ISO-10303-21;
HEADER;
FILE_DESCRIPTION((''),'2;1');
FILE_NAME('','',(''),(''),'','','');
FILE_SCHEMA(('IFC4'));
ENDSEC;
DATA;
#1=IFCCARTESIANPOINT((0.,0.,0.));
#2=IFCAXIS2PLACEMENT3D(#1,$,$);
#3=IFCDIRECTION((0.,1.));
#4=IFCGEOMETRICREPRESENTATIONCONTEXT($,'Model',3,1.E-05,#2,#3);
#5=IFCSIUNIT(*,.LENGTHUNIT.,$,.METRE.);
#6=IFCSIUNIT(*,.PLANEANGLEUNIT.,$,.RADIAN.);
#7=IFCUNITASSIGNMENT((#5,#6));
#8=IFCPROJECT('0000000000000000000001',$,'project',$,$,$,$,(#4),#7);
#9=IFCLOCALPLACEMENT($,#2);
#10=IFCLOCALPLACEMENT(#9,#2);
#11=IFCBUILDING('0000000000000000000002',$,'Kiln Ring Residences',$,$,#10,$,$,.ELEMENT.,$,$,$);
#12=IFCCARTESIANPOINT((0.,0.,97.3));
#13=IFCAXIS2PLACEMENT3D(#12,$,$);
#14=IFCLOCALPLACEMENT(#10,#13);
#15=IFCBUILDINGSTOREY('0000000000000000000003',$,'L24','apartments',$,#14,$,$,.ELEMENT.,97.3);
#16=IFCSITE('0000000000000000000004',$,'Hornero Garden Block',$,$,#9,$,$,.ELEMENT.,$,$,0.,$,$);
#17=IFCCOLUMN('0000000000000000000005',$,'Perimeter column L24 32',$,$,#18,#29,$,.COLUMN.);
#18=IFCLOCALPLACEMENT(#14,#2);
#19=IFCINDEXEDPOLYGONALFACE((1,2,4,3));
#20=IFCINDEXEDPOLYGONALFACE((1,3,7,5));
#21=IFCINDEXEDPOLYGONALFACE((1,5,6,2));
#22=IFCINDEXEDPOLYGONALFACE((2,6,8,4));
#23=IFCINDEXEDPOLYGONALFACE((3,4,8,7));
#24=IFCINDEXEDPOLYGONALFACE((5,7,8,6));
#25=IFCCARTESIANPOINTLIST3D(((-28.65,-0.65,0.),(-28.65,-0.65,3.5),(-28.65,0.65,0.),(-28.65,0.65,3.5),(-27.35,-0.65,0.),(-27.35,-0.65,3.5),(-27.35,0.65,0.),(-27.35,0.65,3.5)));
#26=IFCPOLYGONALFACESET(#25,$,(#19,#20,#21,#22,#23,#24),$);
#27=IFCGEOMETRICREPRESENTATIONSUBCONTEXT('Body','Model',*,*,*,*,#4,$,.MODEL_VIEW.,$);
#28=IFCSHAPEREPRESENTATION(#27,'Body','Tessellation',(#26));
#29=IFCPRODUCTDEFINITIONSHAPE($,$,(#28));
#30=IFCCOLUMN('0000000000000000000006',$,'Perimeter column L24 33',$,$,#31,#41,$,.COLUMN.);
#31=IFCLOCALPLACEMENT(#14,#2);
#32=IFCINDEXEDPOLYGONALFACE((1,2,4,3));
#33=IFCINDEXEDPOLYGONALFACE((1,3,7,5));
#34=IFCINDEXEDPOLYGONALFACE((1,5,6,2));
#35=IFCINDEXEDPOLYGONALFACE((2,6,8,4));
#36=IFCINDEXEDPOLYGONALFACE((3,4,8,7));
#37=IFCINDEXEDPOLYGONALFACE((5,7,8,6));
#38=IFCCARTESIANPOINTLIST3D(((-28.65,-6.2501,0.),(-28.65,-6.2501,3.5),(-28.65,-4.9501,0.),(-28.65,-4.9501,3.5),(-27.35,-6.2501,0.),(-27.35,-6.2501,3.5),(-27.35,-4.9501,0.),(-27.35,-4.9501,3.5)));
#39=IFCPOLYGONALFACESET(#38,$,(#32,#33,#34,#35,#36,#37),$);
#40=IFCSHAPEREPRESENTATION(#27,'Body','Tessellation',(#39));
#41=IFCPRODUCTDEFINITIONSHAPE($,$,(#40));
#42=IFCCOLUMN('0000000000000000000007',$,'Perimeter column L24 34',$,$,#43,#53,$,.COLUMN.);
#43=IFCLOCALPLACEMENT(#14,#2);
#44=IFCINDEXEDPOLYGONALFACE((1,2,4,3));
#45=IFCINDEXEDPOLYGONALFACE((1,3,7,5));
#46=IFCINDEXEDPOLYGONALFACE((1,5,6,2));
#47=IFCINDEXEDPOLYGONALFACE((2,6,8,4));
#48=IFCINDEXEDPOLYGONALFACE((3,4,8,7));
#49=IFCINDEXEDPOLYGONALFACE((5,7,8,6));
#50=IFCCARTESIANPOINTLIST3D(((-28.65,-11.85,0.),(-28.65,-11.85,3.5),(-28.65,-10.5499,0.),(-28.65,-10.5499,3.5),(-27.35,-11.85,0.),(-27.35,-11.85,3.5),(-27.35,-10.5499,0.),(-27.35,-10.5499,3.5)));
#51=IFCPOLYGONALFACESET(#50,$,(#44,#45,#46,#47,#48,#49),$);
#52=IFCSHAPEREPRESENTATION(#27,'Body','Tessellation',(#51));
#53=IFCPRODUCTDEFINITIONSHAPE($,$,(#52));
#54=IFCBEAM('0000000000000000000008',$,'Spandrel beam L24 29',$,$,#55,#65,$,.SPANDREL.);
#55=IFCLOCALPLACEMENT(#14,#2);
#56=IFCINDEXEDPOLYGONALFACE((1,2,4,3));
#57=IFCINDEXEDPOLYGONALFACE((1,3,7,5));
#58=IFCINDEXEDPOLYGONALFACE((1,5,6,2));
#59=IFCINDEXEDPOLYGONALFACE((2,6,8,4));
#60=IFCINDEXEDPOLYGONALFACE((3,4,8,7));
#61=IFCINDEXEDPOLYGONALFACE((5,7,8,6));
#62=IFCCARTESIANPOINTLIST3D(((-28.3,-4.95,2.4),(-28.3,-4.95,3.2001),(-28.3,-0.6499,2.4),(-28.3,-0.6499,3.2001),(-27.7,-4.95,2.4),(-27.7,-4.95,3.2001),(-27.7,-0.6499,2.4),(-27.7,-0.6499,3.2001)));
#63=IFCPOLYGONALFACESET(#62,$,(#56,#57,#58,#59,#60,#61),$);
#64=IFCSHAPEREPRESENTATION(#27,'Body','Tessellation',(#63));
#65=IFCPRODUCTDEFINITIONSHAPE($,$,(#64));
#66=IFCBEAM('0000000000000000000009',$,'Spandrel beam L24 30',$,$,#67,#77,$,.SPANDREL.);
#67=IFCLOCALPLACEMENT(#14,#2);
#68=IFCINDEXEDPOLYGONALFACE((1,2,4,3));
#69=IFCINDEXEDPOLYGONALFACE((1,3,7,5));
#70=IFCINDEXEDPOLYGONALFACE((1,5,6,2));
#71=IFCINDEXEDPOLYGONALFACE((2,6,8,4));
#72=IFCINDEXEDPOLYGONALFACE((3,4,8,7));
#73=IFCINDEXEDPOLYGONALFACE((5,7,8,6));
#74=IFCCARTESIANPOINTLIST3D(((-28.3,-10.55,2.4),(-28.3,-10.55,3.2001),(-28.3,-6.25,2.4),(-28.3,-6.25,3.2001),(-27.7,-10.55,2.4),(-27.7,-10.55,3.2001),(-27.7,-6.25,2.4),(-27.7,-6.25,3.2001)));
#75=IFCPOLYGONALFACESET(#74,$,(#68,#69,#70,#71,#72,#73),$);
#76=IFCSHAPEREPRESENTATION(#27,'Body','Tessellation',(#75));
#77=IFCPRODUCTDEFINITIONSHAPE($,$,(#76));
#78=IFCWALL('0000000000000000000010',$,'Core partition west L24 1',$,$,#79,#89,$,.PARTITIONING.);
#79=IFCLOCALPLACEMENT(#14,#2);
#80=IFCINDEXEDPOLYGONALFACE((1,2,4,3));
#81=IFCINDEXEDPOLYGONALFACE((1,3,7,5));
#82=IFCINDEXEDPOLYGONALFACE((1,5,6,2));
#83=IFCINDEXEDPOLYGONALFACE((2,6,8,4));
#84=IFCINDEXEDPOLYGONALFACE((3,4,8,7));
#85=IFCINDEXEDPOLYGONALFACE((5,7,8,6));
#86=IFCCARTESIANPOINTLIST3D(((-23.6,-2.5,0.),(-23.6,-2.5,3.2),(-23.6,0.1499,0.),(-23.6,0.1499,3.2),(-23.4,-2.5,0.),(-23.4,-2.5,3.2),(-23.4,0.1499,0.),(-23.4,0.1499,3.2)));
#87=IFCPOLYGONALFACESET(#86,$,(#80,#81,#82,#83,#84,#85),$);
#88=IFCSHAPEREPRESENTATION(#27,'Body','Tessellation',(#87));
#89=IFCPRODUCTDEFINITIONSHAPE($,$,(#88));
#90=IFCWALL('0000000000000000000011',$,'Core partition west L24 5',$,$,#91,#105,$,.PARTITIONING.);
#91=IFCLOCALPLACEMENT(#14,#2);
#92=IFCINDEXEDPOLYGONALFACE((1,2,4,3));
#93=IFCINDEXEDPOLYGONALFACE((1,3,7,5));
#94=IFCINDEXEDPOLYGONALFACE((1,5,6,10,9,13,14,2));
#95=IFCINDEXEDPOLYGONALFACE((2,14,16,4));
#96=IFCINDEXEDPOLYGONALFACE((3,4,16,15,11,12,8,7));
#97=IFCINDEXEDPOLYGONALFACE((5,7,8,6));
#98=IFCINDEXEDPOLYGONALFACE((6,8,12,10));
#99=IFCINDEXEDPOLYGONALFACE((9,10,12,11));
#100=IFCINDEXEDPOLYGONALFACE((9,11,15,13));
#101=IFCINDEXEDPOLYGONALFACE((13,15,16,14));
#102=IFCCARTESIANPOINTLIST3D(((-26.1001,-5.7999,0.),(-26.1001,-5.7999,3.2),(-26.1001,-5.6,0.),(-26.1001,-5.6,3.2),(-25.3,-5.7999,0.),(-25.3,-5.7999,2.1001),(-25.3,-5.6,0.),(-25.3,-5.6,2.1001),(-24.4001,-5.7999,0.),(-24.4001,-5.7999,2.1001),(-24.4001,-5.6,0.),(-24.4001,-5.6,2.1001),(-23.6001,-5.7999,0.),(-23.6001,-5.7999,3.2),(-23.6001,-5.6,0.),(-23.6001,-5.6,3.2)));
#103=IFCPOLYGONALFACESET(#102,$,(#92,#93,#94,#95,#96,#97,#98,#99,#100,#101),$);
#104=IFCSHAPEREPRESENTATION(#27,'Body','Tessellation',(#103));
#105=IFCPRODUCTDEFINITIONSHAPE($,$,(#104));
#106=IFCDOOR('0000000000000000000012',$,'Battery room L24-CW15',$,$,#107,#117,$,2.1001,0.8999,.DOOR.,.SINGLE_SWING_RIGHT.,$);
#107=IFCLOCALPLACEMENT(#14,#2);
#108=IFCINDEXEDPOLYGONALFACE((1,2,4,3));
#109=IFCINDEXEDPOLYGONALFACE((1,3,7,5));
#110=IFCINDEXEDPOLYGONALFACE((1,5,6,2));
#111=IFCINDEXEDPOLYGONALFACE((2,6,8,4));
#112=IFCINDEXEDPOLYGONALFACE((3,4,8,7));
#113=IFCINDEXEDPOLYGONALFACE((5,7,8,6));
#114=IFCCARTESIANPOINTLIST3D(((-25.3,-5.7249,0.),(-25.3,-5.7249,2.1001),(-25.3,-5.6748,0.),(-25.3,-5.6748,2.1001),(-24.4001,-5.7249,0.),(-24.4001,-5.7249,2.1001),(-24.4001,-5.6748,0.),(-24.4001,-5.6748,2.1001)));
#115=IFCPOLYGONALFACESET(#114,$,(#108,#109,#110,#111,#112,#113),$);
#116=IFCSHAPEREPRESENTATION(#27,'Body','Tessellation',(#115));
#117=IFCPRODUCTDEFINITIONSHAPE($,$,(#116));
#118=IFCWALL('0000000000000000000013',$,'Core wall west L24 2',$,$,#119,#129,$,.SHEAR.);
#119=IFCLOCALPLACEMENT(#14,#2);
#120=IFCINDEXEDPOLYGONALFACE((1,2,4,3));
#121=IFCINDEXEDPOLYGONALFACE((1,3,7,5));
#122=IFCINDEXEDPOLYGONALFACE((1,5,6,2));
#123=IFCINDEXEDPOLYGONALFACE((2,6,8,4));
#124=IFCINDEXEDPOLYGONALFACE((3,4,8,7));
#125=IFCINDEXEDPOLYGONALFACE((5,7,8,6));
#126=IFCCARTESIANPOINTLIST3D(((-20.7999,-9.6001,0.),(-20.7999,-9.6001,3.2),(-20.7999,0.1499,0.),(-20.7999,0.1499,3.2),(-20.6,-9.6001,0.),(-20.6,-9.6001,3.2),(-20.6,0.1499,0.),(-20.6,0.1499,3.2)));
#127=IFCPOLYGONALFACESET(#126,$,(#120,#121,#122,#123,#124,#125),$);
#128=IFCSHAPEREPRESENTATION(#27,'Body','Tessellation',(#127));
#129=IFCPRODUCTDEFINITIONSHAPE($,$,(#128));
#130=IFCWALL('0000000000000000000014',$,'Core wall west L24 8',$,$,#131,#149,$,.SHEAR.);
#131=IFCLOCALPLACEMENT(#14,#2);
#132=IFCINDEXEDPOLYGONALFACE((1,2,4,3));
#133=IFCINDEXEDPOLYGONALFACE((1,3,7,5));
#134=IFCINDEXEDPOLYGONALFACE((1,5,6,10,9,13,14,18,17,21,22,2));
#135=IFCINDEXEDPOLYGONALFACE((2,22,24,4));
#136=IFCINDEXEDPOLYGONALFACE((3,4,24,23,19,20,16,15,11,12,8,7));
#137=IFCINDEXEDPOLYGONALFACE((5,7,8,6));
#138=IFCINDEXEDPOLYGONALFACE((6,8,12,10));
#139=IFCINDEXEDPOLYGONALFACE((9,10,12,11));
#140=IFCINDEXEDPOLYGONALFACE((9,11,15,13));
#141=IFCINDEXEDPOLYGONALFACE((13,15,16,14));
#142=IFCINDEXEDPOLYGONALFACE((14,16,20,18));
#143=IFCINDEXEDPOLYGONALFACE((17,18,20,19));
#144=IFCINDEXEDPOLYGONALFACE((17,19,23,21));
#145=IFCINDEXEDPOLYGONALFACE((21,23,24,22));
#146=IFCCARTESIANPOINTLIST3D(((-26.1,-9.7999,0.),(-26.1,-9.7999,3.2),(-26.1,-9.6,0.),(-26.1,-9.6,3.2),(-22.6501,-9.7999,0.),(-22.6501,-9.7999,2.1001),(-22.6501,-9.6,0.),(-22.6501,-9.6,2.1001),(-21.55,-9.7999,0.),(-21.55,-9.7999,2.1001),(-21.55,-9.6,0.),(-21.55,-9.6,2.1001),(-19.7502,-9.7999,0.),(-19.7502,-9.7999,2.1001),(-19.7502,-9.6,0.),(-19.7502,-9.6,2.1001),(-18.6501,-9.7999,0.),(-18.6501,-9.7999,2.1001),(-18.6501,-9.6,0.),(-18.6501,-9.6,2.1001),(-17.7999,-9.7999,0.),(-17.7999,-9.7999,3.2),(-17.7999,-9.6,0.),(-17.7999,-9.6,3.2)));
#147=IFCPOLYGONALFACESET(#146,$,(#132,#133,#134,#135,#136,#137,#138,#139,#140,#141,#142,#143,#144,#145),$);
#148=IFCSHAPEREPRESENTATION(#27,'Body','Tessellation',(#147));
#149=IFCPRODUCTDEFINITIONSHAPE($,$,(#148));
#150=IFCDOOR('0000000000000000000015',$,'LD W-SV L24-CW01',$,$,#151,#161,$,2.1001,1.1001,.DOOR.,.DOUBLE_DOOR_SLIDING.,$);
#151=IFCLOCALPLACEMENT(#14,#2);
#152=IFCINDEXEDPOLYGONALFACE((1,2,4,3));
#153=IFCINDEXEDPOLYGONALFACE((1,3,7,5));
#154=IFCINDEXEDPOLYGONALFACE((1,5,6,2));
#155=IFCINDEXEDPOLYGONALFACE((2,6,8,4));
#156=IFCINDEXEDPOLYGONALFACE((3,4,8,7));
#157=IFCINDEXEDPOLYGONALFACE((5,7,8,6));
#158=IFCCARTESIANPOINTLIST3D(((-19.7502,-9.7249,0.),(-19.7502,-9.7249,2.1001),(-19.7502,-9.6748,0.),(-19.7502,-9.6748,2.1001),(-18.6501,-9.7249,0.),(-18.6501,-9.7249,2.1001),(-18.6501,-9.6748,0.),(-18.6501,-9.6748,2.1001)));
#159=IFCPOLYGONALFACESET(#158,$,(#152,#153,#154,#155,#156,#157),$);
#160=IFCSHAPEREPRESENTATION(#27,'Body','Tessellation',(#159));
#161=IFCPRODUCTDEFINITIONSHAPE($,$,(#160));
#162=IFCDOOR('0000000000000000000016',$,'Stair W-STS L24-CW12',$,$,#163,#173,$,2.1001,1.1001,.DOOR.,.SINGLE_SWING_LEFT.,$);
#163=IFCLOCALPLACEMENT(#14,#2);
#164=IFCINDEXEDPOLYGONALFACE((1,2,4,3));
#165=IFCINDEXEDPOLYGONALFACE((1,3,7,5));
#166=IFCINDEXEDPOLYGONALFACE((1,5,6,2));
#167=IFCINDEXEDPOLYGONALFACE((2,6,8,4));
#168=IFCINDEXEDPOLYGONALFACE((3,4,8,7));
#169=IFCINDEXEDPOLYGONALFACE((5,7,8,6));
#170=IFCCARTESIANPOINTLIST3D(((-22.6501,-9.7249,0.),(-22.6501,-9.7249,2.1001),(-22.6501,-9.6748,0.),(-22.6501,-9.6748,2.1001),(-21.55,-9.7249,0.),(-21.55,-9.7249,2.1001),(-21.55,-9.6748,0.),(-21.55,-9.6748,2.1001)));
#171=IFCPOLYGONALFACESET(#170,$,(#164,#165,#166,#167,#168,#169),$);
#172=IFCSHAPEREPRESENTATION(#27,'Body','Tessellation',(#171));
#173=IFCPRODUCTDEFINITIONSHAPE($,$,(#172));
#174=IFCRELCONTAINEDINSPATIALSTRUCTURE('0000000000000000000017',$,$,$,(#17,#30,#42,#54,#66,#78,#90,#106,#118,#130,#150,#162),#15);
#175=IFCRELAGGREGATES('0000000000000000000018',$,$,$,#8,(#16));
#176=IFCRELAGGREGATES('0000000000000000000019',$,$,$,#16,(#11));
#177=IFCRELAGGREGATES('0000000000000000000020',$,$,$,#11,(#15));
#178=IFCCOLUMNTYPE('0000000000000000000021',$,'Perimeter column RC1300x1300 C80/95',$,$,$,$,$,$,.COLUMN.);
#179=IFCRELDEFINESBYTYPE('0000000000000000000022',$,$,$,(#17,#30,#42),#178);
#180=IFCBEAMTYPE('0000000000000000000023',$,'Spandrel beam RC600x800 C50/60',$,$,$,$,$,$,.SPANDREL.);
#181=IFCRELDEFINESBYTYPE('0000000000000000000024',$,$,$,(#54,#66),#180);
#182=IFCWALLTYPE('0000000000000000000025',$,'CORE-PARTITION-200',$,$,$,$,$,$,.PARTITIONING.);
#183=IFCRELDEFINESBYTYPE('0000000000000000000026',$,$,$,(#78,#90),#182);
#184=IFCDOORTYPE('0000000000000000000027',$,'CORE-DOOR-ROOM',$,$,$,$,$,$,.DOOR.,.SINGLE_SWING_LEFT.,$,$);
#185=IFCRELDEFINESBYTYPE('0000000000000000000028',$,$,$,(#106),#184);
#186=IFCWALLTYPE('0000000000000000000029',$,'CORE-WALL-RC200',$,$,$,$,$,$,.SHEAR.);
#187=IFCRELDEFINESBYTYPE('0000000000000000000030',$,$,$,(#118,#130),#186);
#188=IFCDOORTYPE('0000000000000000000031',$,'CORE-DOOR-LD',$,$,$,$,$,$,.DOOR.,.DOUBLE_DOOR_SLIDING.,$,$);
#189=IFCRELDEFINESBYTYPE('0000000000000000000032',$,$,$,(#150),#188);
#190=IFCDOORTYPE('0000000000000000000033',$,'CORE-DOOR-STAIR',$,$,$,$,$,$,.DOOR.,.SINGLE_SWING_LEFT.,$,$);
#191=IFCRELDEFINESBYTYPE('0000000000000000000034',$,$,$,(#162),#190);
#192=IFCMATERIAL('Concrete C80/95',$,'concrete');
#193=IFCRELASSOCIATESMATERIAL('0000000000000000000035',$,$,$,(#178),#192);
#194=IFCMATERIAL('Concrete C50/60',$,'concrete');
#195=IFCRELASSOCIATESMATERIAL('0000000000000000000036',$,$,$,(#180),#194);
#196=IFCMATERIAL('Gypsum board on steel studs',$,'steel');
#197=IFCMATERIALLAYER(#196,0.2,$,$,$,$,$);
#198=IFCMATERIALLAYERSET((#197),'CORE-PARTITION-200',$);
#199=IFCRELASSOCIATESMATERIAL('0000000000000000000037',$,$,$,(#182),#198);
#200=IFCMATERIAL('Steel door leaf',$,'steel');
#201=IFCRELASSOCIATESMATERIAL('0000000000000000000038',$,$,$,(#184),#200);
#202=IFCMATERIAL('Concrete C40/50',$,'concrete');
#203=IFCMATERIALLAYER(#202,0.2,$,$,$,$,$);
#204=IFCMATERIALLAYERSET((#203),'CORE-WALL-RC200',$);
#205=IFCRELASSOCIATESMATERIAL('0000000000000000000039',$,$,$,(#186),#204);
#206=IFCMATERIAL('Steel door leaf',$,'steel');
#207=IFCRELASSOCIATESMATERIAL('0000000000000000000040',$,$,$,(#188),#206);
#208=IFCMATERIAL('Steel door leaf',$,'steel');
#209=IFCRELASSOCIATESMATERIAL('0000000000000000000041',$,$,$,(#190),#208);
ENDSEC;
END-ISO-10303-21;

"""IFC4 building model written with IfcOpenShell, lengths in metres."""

from ifc_helpers import new_model, si_unit, direction, frame, frame_2d, origin, origin_2d, place, context, subcontext, project, spatial, rectangle, extrude, material, layer, layer_set, material_profile, profile_set, type_object, element, fill, save


model = new_model("IFC4")

# Units and contexts
model_context = context("Model", 3, precision=1e-05, world=origin(), true_north=direction((0.0, 1.0)))
body_context = subcontext(model_context, "Body", "Model", "MODEL_VIEW")
ifc_project = project(units=[si_unit("LENGTHUNIT", "METRE"), si_unit("PLANEANGLEUNIT", "RADIAN")], contexts=[model_context])

# Site, building, storey
site_placement = place(None, origin())
site = spatial("IfcSite", under=ifc_project, at=site_placement, Name="Hornero Garden Block", CompositionType="ELEMENT", RefElevation=0.0)
building_placement = place(site_placement, origin())
building = spatial("IfcBuilding", under=site, at=building_placement, Name="Kiln Ring Residences", CompositionType="ELEMENT")
storey_placement = place(building_placement, frame((0.0, 0.0, 97.3)))
storey = spatial("IfcBuildingStorey", under=building, at=storey_placement, Name="L24", Description="apartments", CompositionType="ELEMENT", Elevation=97.3)

# Columns
ifc_material_1 = material(Name="Concrete C80/95", Category="concrete")
ifc_material_profile_1 = material_profile(ifc_material_1, rectangle(XDim=1.3, YDim=1.3, at=origin_2d()), Name="RC1300x1300")
ifc_profile_set_1 = profile_set([ifc_material_profile_1], Name="Concrete C80/95")
column_type = type_object("IfcColumnType", Name="Perimeter column RC1300x1300 C80/95", PredefinedType="COLUMN", material=ifc_profile_set_1)
for number, where, z_axis, x_axis, name in (
    (1, (-28.0, 0.0, 0.0), (0.0, 0.0, 1.0), (1.0, 0.0, 0.0), "Perimeter column L24 32"),
    (2, (-28.0, -5.6001, 0.0), (0.0, 0.0, 1.0), (1.0, 0.0, 0.0), "Perimeter column L24 33"),
    (3, (-28.0, -11.2, 0.0), (0.0, 0.0, 1.0), (1.0, 0.0, 0.0), "Perimeter column L24 34"),
):
    element("IfcColumn", number, at=place(storey_placement, frame(where, z_axis=z_axis, x_axis=x_axis)), inside=storey, type_object=column_type, Name=name, PredefinedType="COLUMN", context=body_context, shape_type="SweptSolid", body=[
        extrude(rectangle(XDim=1.3, YDim=1.3, at=origin_2d()), origin(), (0.0, 0.0, 1.0), 3.5),
    ])

# Beams
ifc_material_2 = material(Name="Concrete C50/60", Category="concrete")
ifc_material_profile_2 = material_profile(ifc_material_2, rectangle(XDim=0.6001, YDim=0.8, at=origin_2d()), Name="RC600x800")
ifc_profile_set_2 = profile_set([ifc_material_profile_2], Name="Concrete C50/60")
beam_type = type_object("IfcBeamType", Name="Spandrel beam RC600x800 C50/60", PredefinedType="SPANDREL", material=ifc_profile_set_2)
for number, where, z_axis, x_axis, name in (
    (4, (-28.0, -0.6499, 2.8), (0.0, -1.0, 0.0), (1.0, 0.0, 0.0), "Spandrel beam L24 29"),
    (5, (-28.0, -6.25, 2.8), (0.0, -1.0, 0.0), (1.0, 0.0, 0.0), "Spandrel beam L24 30"),
):
    element("IfcBeam", number, at=place(storey_placement, frame(where, z_axis=z_axis, x_axis=x_axis)), inside=storey, type_object=beam_type, Name=name, PredefinedType="SPANDREL", context=body_context, shape_type="SweptSolid", body=[
        extrude(rectangle(XDim=0.6001, YDim=0.8, at=origin_2d()), origin(), (0.0, 0.0, 1.0), 4.3),
    ])

# Wall
ifc_material_3 = material(Name="Gypsum board on steel studs", Category="steel")
ifc_layer_1 = layer(ifc_material_3, 0.2)
ifc_layer_set_1 = layer_set([ifc_layer_1], Name="CORE-PARTITION-200")
wall_type_1 = type_object("IfcWallType", Name="CORE-PARTITION-200", PredefinedType="PARTITIONING", material=ifc_layer_set_1)
wall_1_placement = place(storey_placement, frame((-23.5, -2.5, 0.0), z_axis=(0.0, 0.0, 1.0), x_axis=(0.0, 1.0, 0.0)))
element("IfcWall", 6, at=wall_1_placement, inside=storey, type_object=wall_type_1, Name="Core partition west L24 1", PredefinedType="PARTITIONING", context=body_context, shape_type="SweptSolid", body=[
    extrude(rectangle(XDim=2.6499, YDim=0.2, at=frame_2d((1.325, 0.0))), origin(), (0.0, 0.0, 1.0), 3.2),
])

# Wall, opening, door
wall_2_placement = place(storey_placement, frame((-23.6001, -5.7, 0.0), z_axis=(0.0, 0.0, 1.0), x_axis=(-1.0, 0.0, 0.0)))
wall_2 = element("IfcWall", 7, at=wall_2_placement, inside=storey, type_object=wall_type_1, Name="Core partition west L24 5", PredefinedType="PARTITIONING", context=body_context, shape_type="SweptSolid", body=[
    extrude(rectangle(XDim=2.5, YDim=0.2, at=frame_2d((1.25, 0.0))), origin(), (0.0, 0.0, 1.0), 3.2),
])
opening_1_placement = place(wall_2_placement, frame((0.8, 0.0, 0.0)))
opening_1 = element("IfcOpeningElement", 8, at=opening_1_placement, cuts=wall_2, PredefinedType="OPENING", context=body_context, shape_type="SweptSolid", body=[
    extrude(rectangle(XDim=0.8999, YDim=2.1001, at=frame_2d((0.45, 1.05))), frame((0.0, 0.1099, 0.0), z_axis=(0.0, -1.0, 0.0), x_axis=(1.0, 0.0, 0.0)), (0.0, 0.0, 1.0), 0.22),
])
ifc_material_4 = material(Name="Steel door leaf", Category="steel")
door_type_1 = type_object("IfcDoorType", Name="CORE-DOOR-ROOM", OperationType="SINGLE_SWING_LEFT", PredefinedType="DOOR", material=ifc_material_4)
door_1_placement = place(opening_1_placement, origin())
door_1 = element("IfcDoor", 9, at=door_1_placement, inside=storey, type_object=door_type_1, Name="Battery room L24-CW15", OperationType="SINGLE_SWING_RIGHT", OverallHeight=2.1001, OverallWidth=0.8999, PredefinedType="DOOR", context=body_context, shape_type="SweptSolid", body=[
    extrude(rectangle(XDim=0.8999, YDim=2.1001, at=frame_2d((0.45, 1.05))), frame((0.0, 0.0249, 0.0), z_axis=(0.0, -1.0, 0.0), x_axis=(1.0, 0.0, 0.0)), (0.0, 0.0, 1.0), 0.05),
])
fill(opening_1, door_1)

# Wall
ifc_material_5 = material(Name="Concrete C40/50", Category="concrete")
ifc_layer_2 = layer(ifc_material_5, 0.2)
ifc_layer_set_2 = layer_set([ifc_layer_2], Name="CORE-WALL-RC200")
wall_type_2 = type_object("IfcWallType", Name="CORE-WALL-RC200", PredefinedType="SHEAR", material=ifc_layer_set_2)
wall_3_placement = place(storey_placement, frame((-20.7, -9.6001, 0.0), z_axis=(0.0, 0.0, 1.0), x_axis=(0.0, 1.0, 0.0)))
element("IfcWall", 10, at=wall_3_placement, inside=storey, type_object=wall_type_2, Name="Core wall west L24 2", PredefinedType="SHEAR", context=body_context, shape_type="SweptSolid", body=[
    extrude(rectangle(XDim=9.75, YDim=0.2, at=frame_2d((4.875, 0.0))), origin(), (0.0, 0.0, 1.0), 3.2),
])

# Wall, openings, doors
wall_4_placement = place(storey_placement, frame((-17.8, -9.7, 0.0), z_axis=(0.0, 0.0, 1.0), x_axis=(-1.0, 0.0, 0.0)))
wall_4 = element("IfcWall", 11, at=wall_4_placement, inside=storey, type_object=wall_type_2, Name="Core wall west L24 8", PredefinedType="SHEAR", context=body_context, shape_type="SweptSolid", body=[
    extrude(rectangle(XDim=8.3, YDim=0.2, at=frame_2d((4.1499, 0.0))), origin(), (0.0, 0.0, 1.0), 3.2),
])
opening_2_placement = place(wall_4_placement, frame((0.8501, 0.0, 0.0)))
opening_2 = element("IfcOpeningElement", 12, at=opening_2_placement, cuts=wall_4, PredefinedType="OPENING", context=body_context, shape_type="SweptSolid", body=[
    extrude(rectangle(XDim=1.1001, YDim=2.1001, at=frame_2d((0.55, 1.05))), frame((0.0, 0.1099, 0.0), z_axis=(0.0, -1.0, 0.0), x_axis=(1.0, 0.0, 0.0)), (0.0, 0.0, 1.0), 0.22),
])
opening_3_placement = place(wall_4_placement, frame((3.75, 0.0, 0.0)))
opening_3 = element("IfcOpeningElement", 13, at=opening_3_placement, cuts=wall_4, PredefinedType="OPENING", context=body_context, shape_type="SweptSolid", body=[
    extrude(rectangle(XDim=1.1001, YDim=2.1001, at=frame_2d((0.55, 1.05))), frame((0.0, 0.1099, 0.0), z_axis=(0.0, -1.0, 0.0), x_axis=(1.0, 0.0, 0.0)), (0.0, 0.0, 1.0), 0.22),
])
ifc_material_6 = material(Name="Steel door leaf", Category="steel")
door_type_2 = type_object("IfcDoorType", Name="CORE-DOOR-LD", OperationType="DOUBLE_DOOR_SLIDING", PredefinedType="DOOR", material=ifc_material_6)
door_2_placement = place(opening_2_placement, origin())
door_2 = element("IfcDoor", 14, at=door_2_placement, inside=storey, type_object=door_type_2, Name="LD W-SV L24-CW01", OperationType="DOUBLE_DOOR_SLIDING", OverallHeight=2.1001, OverallWidth=1.1001, PredefinedType="DOOR", context=body_context, shape_type="SweptSolid", body=[
    extrude(rectangle(XDim=1.1001, YDim=2.1001, at=frame_2d((0.55, 1.05))), frame((0.0, 0.0249, 0.0), z_axis=(0.0, -1.0, 0.0), x_axis=(1.0, 0.0, 0.0)), (0.0, 0.0, 1.0), 0.05),
])
fill(opening_2, door_2)
ifc_material_7 = material(Name="Steel door leaf", Category="steel")
door_type_3 = type_object("IfcDoorType", Name="CORE-DOOR-STAIR", OperationType="SINGLE_SWING_LEFT", PredefinedType="DOOR", material=ifc_material_7)
door_3_placement = place(opening_3_placement, origin())
door_3 = element("IfcDoor", 15, at=door_3_placement, inside=storey, type_object=door_type_3, Name="Stair W-STS L24-CW12", OperationType="SINGLE_SWING_LEFT", OverallHeight=2.1001, OverallWidth=1.1001, PredefinedType="DOOR", context=body_context, shape_type="SweptSolid", body=[
    extrude(rectangle(XDim=1.1001, YDim=2.1001, at=frame_2d((0.55, 1.05))), frame((0.0, 0.0249, 0.0), z_axis=(0.0, -1.0, 0.0), x_axis=(1.0, 0.0, 0.0)), (0.0, 0.0, 1.0), 0.05),
])
fill(opening_3, door_3)

save(model, "model.ifc")
